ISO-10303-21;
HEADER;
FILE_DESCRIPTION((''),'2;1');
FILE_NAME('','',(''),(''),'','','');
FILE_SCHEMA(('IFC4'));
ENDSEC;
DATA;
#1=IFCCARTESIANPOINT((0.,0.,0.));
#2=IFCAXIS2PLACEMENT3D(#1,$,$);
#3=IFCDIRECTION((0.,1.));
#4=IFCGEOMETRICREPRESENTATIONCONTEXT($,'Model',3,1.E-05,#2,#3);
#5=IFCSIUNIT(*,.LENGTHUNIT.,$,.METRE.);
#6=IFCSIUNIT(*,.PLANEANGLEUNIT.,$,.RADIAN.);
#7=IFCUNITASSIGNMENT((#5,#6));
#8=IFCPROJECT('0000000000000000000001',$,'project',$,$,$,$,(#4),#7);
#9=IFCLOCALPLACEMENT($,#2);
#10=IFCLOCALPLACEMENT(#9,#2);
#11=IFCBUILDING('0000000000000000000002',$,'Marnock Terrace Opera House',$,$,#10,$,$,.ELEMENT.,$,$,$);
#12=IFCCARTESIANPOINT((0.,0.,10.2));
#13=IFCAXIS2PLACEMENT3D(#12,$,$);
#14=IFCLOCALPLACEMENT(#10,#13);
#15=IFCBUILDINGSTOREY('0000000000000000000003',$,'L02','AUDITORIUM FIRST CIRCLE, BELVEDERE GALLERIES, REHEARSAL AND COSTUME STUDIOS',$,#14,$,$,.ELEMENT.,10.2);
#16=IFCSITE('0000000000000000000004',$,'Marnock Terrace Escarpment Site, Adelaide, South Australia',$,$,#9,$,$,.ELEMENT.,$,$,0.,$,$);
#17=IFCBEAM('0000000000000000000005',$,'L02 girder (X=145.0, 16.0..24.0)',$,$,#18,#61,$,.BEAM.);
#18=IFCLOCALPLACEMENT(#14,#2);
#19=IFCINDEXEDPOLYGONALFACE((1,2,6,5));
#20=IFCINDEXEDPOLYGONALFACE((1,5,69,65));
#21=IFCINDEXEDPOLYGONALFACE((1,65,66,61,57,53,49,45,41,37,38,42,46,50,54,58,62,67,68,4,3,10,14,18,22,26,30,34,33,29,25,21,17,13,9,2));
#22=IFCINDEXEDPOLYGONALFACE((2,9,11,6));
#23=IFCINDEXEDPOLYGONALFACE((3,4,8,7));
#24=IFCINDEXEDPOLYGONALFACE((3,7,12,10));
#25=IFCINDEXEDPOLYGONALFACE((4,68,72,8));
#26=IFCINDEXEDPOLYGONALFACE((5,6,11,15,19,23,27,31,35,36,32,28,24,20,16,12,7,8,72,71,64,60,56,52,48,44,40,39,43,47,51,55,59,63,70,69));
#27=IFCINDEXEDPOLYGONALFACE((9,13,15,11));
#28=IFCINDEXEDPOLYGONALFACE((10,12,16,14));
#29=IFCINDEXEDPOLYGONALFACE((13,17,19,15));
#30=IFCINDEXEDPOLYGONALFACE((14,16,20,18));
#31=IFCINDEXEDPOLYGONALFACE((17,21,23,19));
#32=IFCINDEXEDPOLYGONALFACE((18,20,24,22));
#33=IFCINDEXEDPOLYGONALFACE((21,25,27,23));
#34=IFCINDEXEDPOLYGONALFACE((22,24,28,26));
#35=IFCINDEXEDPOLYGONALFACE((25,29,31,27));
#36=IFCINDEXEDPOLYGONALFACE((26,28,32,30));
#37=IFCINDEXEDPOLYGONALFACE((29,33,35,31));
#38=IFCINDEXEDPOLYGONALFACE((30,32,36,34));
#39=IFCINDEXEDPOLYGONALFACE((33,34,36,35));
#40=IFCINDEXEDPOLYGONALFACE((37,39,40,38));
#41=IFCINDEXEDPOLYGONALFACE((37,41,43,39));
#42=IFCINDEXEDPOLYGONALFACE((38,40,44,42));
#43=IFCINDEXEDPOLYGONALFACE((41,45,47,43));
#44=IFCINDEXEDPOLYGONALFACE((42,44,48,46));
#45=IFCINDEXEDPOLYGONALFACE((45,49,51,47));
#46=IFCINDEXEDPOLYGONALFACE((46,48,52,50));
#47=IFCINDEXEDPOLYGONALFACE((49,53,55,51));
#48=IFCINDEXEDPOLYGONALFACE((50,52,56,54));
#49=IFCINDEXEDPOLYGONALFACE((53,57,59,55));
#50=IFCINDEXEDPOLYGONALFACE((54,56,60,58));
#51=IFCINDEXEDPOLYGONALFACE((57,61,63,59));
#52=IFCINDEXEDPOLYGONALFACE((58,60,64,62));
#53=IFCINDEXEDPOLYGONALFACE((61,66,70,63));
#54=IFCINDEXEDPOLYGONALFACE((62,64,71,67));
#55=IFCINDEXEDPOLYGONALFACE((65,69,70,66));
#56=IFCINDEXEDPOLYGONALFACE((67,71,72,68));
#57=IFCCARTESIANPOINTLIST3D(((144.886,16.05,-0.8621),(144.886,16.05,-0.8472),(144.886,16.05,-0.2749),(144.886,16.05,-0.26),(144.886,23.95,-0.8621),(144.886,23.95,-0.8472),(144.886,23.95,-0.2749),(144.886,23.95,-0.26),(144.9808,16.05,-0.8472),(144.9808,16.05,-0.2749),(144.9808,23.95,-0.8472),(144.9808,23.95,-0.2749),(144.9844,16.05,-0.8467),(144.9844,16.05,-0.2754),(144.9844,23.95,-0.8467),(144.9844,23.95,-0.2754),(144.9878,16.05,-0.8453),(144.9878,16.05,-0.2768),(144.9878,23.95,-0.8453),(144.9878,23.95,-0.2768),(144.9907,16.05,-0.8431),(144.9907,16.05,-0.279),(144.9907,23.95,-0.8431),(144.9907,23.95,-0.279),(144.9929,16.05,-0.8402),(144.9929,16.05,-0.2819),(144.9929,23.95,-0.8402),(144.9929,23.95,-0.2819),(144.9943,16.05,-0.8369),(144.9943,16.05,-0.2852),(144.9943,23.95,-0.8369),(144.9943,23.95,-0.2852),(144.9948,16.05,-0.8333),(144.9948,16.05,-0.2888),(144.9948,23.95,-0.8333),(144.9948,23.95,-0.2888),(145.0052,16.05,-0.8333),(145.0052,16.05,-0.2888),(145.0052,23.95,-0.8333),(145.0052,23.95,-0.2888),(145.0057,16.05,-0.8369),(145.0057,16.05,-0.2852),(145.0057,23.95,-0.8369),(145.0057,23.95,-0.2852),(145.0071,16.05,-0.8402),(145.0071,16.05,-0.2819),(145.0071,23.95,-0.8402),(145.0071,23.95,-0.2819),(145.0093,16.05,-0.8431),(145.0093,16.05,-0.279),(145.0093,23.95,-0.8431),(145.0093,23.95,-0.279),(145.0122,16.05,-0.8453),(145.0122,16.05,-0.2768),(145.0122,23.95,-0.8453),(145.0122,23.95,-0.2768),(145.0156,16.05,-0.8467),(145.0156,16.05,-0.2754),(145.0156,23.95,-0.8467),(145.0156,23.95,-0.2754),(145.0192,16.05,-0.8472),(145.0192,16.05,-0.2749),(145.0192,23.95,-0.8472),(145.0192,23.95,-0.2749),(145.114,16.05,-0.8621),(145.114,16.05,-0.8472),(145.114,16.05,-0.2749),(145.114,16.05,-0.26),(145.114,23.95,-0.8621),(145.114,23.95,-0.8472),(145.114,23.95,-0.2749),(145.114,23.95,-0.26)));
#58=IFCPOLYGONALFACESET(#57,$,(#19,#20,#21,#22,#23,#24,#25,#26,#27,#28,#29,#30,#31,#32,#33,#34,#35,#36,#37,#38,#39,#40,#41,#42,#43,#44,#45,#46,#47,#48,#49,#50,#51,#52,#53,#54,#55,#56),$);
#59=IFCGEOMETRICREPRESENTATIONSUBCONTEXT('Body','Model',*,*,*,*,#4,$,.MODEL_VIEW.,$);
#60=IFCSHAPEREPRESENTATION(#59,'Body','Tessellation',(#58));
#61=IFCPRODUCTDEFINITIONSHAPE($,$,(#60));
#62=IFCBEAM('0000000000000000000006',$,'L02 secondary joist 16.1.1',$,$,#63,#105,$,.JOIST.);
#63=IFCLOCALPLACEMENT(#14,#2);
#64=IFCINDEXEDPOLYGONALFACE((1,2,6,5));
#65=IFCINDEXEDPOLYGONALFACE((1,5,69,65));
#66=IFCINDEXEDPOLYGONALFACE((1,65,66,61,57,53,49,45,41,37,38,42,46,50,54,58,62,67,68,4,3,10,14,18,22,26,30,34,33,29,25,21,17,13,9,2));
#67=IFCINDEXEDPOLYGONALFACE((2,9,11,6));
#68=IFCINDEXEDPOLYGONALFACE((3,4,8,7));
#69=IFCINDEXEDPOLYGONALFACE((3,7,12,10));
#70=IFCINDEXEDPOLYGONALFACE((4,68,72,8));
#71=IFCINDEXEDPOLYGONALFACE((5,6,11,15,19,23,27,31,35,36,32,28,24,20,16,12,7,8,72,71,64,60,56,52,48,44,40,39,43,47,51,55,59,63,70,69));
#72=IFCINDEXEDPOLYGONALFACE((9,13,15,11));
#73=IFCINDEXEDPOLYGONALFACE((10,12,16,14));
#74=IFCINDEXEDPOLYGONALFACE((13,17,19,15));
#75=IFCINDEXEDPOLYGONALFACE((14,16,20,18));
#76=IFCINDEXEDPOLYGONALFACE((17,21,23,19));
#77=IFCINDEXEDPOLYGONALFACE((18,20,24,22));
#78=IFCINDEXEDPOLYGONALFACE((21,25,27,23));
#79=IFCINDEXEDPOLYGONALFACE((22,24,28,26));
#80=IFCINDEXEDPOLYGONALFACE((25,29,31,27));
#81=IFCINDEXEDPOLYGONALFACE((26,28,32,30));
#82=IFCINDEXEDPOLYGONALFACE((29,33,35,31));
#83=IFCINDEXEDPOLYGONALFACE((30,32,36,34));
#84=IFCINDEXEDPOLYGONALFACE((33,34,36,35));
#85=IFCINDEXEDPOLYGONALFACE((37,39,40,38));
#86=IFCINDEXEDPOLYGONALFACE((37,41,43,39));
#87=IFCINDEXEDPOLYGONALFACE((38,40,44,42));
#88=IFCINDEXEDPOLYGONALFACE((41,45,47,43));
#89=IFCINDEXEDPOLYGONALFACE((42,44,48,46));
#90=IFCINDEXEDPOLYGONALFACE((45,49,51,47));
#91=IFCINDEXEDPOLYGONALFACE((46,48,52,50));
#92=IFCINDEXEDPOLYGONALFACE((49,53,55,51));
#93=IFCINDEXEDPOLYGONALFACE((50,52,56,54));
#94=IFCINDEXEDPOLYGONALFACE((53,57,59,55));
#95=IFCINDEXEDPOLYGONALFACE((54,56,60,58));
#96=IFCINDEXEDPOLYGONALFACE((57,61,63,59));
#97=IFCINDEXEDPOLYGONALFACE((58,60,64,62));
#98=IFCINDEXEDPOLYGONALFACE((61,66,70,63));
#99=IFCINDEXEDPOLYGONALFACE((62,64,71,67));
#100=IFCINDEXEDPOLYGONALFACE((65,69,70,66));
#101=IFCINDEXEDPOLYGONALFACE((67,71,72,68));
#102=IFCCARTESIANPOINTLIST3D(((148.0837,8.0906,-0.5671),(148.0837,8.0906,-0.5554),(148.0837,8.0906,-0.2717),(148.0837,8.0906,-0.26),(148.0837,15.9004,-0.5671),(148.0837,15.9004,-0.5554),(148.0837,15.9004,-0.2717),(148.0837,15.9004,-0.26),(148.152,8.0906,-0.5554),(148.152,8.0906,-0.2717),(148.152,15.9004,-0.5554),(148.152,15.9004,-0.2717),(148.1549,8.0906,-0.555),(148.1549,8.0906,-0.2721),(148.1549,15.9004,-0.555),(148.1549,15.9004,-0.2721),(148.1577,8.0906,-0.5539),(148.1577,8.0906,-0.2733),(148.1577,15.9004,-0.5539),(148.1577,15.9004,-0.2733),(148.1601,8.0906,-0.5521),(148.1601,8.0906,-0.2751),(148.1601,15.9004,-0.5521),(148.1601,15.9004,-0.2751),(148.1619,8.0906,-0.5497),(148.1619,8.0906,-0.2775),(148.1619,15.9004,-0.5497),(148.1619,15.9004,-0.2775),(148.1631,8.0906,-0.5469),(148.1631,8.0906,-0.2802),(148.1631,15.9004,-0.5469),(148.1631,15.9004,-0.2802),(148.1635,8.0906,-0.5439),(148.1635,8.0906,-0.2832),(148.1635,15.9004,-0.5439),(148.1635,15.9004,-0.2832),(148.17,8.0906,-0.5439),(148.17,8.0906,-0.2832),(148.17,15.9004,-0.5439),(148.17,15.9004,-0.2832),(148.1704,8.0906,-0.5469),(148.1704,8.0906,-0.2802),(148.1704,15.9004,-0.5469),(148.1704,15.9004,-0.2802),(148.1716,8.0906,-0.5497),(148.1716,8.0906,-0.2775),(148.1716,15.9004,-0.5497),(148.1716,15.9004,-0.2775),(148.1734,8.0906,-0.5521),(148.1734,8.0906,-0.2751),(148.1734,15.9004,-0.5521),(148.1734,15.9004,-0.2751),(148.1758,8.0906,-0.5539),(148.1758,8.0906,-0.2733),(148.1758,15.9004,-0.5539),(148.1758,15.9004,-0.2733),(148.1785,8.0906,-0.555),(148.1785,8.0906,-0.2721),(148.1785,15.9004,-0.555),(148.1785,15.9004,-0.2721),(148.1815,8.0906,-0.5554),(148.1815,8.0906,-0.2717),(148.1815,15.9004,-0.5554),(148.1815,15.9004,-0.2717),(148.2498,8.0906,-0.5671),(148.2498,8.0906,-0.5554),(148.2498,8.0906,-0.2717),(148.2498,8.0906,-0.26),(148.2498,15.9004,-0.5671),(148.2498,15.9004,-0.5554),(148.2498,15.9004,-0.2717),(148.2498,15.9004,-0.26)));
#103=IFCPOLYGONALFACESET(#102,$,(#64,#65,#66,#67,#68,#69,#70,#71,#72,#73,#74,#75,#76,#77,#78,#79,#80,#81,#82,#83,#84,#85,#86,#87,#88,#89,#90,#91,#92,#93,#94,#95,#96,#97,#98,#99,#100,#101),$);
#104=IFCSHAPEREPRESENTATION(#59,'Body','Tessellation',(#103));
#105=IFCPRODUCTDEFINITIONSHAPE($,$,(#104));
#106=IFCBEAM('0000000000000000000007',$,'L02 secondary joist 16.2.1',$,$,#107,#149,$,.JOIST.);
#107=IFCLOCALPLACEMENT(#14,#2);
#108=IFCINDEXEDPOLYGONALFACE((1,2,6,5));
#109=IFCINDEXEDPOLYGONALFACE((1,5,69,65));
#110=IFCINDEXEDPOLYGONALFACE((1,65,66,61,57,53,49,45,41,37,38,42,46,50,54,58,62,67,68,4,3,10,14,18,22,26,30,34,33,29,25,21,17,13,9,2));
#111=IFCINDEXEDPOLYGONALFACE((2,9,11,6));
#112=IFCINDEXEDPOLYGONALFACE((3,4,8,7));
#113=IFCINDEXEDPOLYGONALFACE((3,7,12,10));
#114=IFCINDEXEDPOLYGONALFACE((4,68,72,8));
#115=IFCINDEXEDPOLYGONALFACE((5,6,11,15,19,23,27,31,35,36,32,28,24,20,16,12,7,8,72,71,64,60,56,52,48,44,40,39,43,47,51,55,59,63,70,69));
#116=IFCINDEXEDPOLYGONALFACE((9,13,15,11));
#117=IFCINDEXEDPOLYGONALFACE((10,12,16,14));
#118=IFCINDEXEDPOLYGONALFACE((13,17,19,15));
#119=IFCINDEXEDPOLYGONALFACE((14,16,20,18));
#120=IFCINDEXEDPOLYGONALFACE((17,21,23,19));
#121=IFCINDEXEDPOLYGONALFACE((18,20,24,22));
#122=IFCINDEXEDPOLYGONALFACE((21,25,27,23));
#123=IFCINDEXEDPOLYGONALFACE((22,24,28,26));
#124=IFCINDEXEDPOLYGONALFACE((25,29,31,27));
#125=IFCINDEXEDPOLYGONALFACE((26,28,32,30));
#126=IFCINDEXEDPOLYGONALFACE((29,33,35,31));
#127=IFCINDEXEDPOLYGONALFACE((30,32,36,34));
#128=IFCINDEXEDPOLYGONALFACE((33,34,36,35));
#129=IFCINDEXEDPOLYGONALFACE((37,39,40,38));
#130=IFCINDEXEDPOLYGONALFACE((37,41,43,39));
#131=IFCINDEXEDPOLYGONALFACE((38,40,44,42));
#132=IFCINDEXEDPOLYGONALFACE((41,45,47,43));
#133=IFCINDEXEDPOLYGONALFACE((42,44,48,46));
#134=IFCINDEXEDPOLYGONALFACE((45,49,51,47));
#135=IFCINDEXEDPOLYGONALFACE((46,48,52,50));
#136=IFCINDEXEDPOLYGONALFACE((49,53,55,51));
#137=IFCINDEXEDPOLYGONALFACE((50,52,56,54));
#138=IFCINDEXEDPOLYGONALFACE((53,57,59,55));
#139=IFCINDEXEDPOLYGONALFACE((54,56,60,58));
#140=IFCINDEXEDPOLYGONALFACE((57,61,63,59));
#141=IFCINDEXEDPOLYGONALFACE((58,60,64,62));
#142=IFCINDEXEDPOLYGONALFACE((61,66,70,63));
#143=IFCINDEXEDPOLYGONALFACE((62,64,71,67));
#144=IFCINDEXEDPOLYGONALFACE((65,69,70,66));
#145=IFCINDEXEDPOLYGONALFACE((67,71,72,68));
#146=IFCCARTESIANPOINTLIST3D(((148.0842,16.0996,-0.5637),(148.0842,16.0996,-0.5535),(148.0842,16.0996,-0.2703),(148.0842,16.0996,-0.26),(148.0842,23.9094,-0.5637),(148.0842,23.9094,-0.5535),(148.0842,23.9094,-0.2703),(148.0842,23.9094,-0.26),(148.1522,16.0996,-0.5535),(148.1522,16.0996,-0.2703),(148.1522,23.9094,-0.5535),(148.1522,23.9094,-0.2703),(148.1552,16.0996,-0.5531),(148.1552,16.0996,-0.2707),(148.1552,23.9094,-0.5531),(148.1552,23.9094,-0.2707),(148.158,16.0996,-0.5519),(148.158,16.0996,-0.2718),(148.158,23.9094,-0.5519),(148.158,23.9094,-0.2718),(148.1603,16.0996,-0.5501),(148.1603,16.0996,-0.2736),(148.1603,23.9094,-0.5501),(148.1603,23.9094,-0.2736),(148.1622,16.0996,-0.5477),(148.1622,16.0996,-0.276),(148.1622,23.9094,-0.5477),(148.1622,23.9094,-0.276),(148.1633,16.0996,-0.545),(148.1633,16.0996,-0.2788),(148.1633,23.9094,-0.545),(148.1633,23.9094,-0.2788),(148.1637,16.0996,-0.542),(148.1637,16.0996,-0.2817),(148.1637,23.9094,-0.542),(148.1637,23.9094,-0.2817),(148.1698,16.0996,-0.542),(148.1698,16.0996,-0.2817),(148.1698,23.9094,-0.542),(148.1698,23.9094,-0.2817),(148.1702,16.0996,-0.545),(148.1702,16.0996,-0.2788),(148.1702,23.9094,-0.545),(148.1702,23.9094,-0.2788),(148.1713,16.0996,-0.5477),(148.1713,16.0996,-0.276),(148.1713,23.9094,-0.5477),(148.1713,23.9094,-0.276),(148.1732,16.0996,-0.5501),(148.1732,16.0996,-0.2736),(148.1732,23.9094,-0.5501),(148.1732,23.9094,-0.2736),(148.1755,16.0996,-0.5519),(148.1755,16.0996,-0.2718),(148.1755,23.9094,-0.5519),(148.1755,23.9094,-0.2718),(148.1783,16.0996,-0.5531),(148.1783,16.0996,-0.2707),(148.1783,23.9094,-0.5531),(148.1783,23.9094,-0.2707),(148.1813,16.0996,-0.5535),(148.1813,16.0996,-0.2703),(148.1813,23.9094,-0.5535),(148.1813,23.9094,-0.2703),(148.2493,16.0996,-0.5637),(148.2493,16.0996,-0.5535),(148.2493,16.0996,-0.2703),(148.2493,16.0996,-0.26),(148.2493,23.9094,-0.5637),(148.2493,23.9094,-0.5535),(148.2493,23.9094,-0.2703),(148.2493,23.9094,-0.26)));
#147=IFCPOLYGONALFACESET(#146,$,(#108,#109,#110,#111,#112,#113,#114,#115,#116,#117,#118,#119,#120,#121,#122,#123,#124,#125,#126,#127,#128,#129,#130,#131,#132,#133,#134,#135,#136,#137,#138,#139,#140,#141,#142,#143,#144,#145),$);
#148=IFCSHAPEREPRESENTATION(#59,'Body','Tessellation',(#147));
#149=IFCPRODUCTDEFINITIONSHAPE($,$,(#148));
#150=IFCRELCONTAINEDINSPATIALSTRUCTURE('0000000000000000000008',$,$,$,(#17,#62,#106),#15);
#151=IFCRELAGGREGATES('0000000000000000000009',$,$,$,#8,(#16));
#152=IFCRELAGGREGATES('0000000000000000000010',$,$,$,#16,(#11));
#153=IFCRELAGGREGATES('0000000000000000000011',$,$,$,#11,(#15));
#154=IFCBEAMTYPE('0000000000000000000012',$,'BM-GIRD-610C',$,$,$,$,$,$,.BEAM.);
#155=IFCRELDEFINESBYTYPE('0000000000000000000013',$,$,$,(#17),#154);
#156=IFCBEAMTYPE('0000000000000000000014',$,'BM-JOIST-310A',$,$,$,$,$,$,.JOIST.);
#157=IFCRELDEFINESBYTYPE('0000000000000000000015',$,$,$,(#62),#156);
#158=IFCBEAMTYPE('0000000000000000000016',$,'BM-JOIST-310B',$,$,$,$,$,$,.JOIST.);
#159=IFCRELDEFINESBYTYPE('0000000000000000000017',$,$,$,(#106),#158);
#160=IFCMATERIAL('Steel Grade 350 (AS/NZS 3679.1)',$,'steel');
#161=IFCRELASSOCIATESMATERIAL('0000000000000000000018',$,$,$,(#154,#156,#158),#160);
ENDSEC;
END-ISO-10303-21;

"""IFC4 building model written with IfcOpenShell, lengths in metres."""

from ifc_helpers import new_model, si_unit, direction, frame, origin, origin_2d, place, context, subcontext, project, spatial, i_section, extrude, material, material_profile, profile_set, type_object, element, save


model = new_model("IFC4")

# Units and contexts
model_context = context("Model", 3, precision=1e-05, world=origin(), true_north=direction((0.0, 1.0)))
body_context = subcontext(model_context, "Body", "Model", "MODEL_VIEW")
ifc_project = project(units=[si_unit("LENGTHUNIT", "METRE"), si_unit("PLANEANGLEUNIT", "RADIAN")], contexts=[model_context])

# Site, building, storey
site_placement = place(None, origin())
site = spatial("IfcSite", under=ifc_project, at=site_placement, Name="Marnock Terrace Escarpment Site, Adelaide, South Australia", CompositionType="ELEMENT", RefElevation=0.0)
building_placement = place(site_placement, origin())
building = spatial("IfcBuilding", under=site, at=building_placement, Name="Marnock Terrace Opera House", CompositionType="ELEMENT")
storey_placement = place(building_placement, frame((0.0, 0.0, 10.2)))
storey = spatial("IfcBuildingStorey", under=building, at=storey_placement, Name="L02", Description="AUDITORIUM FIRST CIRCLE, BELVEDERE GALLERIES, REHEARSAL AND COSTUME STUDIOS", CompositionType="ELEMENT", Elevation=10.2)

# Beams
ifc_material_1 = material(Name="Steel Grade 350 (AS/NZS 3679.1)", Category="steel")
ifc_material_profile_1 = material_profile(ifc_material_1, i_section(OverallWidth=0.228, OverallDepth=0.6021, WebThickness=0.0105, FlangeThickness=0.0149, FilletRadius=0.0139, at=origin_2d()))
ifc_profile_set_1 = profile_set([ifc_material_profile_1], Name="Steel Grade 350 (AS/NZS 3679.1)")
beam_type_1 = type_object("IfcBeamType", Name="BM-GIRD-610C", PredefinedType="BEAM", material=ifc_profile_set_1)
for number, where, z_axis, x_axis, name in (
    (1, (145.0, 16.05, -0.561), (0.0, 1.0, 0.0), (-1.0, 0.0, 0.0), "L02 girder (X=145.0, 16.0..24.0)"),
):
    element("IfcBeam", number, at=place(storey_placement, frame(where, z_axis=z_axis, x_axis=x_axis)), inside=storey, type_object=beam_type_1, Name=name, PredefinedType="BEAM", context=body_context, shape_type="SweptSolid", body=[
        extrude(i_section(OverallWidth=0.228, OverallDepth=0.6021, WebThickness=0.0105, FlangeThickness=0.0149, FilletRadius=0.0139, at=origin_2d()), origin(), (0.0, 0.0, 1.0), 7.8999),
    ])
ifc_material_profile_2 = material_profile(ifc_material_1, i_section(OverallWidth=0.166, OverallDepth=0.3071, WebThickness=0.0066, FlangeThickness=0.0117, FilletRadius=0.0115, at=origin_2d()))
ifc_profile_set_2 = profile_set([ifc_material_profile_2], Name="Steel Grade 350 (AS/NZS 3679.1)")
beam_type_2 = type_object("IfcBeamType", Name="BM-JOIST-310A", PredefinedType="JOIST", material=ifc_profile_set_2)
beam_1_placement = place(storey_placement, frame((148.1667, 8.0906, -0.4136), z_axis=(0.0, 1.0, 0.0), x_axis=(-1.0, 0.0, 0.0)))
element("IfcBeam", 2, at=beam_1_placement, inside=storey, type_object=beam_type_2, Name="L02 secondary joist 16.1.1", PredefinedType="JOIST", context=body_context, shape_type="SweptSolid", body=[
    extrude(i_section(OverallWidth=0.166, OverallDepth=0.3071, WebThickness=0.0066, FlangeThickness=0.0117, FilletRadius=0.0115, at=origin_2d()), origin(), (0.0, 0.0, 1.0), 7.8098),
])
ifc_material_profile_3 = material_profile(ifc_material_1, i_section(OverallWidth=0.165, OverallDepth=0.3037, WebThickness=0.0061, FlangeThickness=0.0103, FilletRadius=0.0115, at=origin_2d()))
ifc_profile_set_3 = profile_set([ifc_material_profile_3], Name="Steel Grade 350 (AS/NZS 3679.1)")
beam_type_3 = type_object("IfcBeamType", Name="BM-JOIST-310B", PredefinedType="JOIST", material=ifc_profile_set_3)
beam_2_placement = place(storey_placement, frame((148.1667, 16.0996, -0.4119), z_axis=(0.0, 1.0, 0.0), x_axis=(-1.0, 0.0, 0.0)))
element("IfcBeam", 3, at=beam_2_placement, inside=storey, type_object=beam_type_3, Name="L02 secondary joist 16.2.1", PredefinedType="JOIST", context=body_context, shape_type="SweptSolid", body=[
    extrude(i_section(OverallWidth=0.165, OverallDepth=0.3037, WebThickness=0.0061, FlangeThickness=0.0103, FilletRadius=0.0115, at=origin_2d()), origin(), (0.0, 0.0, 1.0), 7.8098),
])

save(model, "model.ifc")
